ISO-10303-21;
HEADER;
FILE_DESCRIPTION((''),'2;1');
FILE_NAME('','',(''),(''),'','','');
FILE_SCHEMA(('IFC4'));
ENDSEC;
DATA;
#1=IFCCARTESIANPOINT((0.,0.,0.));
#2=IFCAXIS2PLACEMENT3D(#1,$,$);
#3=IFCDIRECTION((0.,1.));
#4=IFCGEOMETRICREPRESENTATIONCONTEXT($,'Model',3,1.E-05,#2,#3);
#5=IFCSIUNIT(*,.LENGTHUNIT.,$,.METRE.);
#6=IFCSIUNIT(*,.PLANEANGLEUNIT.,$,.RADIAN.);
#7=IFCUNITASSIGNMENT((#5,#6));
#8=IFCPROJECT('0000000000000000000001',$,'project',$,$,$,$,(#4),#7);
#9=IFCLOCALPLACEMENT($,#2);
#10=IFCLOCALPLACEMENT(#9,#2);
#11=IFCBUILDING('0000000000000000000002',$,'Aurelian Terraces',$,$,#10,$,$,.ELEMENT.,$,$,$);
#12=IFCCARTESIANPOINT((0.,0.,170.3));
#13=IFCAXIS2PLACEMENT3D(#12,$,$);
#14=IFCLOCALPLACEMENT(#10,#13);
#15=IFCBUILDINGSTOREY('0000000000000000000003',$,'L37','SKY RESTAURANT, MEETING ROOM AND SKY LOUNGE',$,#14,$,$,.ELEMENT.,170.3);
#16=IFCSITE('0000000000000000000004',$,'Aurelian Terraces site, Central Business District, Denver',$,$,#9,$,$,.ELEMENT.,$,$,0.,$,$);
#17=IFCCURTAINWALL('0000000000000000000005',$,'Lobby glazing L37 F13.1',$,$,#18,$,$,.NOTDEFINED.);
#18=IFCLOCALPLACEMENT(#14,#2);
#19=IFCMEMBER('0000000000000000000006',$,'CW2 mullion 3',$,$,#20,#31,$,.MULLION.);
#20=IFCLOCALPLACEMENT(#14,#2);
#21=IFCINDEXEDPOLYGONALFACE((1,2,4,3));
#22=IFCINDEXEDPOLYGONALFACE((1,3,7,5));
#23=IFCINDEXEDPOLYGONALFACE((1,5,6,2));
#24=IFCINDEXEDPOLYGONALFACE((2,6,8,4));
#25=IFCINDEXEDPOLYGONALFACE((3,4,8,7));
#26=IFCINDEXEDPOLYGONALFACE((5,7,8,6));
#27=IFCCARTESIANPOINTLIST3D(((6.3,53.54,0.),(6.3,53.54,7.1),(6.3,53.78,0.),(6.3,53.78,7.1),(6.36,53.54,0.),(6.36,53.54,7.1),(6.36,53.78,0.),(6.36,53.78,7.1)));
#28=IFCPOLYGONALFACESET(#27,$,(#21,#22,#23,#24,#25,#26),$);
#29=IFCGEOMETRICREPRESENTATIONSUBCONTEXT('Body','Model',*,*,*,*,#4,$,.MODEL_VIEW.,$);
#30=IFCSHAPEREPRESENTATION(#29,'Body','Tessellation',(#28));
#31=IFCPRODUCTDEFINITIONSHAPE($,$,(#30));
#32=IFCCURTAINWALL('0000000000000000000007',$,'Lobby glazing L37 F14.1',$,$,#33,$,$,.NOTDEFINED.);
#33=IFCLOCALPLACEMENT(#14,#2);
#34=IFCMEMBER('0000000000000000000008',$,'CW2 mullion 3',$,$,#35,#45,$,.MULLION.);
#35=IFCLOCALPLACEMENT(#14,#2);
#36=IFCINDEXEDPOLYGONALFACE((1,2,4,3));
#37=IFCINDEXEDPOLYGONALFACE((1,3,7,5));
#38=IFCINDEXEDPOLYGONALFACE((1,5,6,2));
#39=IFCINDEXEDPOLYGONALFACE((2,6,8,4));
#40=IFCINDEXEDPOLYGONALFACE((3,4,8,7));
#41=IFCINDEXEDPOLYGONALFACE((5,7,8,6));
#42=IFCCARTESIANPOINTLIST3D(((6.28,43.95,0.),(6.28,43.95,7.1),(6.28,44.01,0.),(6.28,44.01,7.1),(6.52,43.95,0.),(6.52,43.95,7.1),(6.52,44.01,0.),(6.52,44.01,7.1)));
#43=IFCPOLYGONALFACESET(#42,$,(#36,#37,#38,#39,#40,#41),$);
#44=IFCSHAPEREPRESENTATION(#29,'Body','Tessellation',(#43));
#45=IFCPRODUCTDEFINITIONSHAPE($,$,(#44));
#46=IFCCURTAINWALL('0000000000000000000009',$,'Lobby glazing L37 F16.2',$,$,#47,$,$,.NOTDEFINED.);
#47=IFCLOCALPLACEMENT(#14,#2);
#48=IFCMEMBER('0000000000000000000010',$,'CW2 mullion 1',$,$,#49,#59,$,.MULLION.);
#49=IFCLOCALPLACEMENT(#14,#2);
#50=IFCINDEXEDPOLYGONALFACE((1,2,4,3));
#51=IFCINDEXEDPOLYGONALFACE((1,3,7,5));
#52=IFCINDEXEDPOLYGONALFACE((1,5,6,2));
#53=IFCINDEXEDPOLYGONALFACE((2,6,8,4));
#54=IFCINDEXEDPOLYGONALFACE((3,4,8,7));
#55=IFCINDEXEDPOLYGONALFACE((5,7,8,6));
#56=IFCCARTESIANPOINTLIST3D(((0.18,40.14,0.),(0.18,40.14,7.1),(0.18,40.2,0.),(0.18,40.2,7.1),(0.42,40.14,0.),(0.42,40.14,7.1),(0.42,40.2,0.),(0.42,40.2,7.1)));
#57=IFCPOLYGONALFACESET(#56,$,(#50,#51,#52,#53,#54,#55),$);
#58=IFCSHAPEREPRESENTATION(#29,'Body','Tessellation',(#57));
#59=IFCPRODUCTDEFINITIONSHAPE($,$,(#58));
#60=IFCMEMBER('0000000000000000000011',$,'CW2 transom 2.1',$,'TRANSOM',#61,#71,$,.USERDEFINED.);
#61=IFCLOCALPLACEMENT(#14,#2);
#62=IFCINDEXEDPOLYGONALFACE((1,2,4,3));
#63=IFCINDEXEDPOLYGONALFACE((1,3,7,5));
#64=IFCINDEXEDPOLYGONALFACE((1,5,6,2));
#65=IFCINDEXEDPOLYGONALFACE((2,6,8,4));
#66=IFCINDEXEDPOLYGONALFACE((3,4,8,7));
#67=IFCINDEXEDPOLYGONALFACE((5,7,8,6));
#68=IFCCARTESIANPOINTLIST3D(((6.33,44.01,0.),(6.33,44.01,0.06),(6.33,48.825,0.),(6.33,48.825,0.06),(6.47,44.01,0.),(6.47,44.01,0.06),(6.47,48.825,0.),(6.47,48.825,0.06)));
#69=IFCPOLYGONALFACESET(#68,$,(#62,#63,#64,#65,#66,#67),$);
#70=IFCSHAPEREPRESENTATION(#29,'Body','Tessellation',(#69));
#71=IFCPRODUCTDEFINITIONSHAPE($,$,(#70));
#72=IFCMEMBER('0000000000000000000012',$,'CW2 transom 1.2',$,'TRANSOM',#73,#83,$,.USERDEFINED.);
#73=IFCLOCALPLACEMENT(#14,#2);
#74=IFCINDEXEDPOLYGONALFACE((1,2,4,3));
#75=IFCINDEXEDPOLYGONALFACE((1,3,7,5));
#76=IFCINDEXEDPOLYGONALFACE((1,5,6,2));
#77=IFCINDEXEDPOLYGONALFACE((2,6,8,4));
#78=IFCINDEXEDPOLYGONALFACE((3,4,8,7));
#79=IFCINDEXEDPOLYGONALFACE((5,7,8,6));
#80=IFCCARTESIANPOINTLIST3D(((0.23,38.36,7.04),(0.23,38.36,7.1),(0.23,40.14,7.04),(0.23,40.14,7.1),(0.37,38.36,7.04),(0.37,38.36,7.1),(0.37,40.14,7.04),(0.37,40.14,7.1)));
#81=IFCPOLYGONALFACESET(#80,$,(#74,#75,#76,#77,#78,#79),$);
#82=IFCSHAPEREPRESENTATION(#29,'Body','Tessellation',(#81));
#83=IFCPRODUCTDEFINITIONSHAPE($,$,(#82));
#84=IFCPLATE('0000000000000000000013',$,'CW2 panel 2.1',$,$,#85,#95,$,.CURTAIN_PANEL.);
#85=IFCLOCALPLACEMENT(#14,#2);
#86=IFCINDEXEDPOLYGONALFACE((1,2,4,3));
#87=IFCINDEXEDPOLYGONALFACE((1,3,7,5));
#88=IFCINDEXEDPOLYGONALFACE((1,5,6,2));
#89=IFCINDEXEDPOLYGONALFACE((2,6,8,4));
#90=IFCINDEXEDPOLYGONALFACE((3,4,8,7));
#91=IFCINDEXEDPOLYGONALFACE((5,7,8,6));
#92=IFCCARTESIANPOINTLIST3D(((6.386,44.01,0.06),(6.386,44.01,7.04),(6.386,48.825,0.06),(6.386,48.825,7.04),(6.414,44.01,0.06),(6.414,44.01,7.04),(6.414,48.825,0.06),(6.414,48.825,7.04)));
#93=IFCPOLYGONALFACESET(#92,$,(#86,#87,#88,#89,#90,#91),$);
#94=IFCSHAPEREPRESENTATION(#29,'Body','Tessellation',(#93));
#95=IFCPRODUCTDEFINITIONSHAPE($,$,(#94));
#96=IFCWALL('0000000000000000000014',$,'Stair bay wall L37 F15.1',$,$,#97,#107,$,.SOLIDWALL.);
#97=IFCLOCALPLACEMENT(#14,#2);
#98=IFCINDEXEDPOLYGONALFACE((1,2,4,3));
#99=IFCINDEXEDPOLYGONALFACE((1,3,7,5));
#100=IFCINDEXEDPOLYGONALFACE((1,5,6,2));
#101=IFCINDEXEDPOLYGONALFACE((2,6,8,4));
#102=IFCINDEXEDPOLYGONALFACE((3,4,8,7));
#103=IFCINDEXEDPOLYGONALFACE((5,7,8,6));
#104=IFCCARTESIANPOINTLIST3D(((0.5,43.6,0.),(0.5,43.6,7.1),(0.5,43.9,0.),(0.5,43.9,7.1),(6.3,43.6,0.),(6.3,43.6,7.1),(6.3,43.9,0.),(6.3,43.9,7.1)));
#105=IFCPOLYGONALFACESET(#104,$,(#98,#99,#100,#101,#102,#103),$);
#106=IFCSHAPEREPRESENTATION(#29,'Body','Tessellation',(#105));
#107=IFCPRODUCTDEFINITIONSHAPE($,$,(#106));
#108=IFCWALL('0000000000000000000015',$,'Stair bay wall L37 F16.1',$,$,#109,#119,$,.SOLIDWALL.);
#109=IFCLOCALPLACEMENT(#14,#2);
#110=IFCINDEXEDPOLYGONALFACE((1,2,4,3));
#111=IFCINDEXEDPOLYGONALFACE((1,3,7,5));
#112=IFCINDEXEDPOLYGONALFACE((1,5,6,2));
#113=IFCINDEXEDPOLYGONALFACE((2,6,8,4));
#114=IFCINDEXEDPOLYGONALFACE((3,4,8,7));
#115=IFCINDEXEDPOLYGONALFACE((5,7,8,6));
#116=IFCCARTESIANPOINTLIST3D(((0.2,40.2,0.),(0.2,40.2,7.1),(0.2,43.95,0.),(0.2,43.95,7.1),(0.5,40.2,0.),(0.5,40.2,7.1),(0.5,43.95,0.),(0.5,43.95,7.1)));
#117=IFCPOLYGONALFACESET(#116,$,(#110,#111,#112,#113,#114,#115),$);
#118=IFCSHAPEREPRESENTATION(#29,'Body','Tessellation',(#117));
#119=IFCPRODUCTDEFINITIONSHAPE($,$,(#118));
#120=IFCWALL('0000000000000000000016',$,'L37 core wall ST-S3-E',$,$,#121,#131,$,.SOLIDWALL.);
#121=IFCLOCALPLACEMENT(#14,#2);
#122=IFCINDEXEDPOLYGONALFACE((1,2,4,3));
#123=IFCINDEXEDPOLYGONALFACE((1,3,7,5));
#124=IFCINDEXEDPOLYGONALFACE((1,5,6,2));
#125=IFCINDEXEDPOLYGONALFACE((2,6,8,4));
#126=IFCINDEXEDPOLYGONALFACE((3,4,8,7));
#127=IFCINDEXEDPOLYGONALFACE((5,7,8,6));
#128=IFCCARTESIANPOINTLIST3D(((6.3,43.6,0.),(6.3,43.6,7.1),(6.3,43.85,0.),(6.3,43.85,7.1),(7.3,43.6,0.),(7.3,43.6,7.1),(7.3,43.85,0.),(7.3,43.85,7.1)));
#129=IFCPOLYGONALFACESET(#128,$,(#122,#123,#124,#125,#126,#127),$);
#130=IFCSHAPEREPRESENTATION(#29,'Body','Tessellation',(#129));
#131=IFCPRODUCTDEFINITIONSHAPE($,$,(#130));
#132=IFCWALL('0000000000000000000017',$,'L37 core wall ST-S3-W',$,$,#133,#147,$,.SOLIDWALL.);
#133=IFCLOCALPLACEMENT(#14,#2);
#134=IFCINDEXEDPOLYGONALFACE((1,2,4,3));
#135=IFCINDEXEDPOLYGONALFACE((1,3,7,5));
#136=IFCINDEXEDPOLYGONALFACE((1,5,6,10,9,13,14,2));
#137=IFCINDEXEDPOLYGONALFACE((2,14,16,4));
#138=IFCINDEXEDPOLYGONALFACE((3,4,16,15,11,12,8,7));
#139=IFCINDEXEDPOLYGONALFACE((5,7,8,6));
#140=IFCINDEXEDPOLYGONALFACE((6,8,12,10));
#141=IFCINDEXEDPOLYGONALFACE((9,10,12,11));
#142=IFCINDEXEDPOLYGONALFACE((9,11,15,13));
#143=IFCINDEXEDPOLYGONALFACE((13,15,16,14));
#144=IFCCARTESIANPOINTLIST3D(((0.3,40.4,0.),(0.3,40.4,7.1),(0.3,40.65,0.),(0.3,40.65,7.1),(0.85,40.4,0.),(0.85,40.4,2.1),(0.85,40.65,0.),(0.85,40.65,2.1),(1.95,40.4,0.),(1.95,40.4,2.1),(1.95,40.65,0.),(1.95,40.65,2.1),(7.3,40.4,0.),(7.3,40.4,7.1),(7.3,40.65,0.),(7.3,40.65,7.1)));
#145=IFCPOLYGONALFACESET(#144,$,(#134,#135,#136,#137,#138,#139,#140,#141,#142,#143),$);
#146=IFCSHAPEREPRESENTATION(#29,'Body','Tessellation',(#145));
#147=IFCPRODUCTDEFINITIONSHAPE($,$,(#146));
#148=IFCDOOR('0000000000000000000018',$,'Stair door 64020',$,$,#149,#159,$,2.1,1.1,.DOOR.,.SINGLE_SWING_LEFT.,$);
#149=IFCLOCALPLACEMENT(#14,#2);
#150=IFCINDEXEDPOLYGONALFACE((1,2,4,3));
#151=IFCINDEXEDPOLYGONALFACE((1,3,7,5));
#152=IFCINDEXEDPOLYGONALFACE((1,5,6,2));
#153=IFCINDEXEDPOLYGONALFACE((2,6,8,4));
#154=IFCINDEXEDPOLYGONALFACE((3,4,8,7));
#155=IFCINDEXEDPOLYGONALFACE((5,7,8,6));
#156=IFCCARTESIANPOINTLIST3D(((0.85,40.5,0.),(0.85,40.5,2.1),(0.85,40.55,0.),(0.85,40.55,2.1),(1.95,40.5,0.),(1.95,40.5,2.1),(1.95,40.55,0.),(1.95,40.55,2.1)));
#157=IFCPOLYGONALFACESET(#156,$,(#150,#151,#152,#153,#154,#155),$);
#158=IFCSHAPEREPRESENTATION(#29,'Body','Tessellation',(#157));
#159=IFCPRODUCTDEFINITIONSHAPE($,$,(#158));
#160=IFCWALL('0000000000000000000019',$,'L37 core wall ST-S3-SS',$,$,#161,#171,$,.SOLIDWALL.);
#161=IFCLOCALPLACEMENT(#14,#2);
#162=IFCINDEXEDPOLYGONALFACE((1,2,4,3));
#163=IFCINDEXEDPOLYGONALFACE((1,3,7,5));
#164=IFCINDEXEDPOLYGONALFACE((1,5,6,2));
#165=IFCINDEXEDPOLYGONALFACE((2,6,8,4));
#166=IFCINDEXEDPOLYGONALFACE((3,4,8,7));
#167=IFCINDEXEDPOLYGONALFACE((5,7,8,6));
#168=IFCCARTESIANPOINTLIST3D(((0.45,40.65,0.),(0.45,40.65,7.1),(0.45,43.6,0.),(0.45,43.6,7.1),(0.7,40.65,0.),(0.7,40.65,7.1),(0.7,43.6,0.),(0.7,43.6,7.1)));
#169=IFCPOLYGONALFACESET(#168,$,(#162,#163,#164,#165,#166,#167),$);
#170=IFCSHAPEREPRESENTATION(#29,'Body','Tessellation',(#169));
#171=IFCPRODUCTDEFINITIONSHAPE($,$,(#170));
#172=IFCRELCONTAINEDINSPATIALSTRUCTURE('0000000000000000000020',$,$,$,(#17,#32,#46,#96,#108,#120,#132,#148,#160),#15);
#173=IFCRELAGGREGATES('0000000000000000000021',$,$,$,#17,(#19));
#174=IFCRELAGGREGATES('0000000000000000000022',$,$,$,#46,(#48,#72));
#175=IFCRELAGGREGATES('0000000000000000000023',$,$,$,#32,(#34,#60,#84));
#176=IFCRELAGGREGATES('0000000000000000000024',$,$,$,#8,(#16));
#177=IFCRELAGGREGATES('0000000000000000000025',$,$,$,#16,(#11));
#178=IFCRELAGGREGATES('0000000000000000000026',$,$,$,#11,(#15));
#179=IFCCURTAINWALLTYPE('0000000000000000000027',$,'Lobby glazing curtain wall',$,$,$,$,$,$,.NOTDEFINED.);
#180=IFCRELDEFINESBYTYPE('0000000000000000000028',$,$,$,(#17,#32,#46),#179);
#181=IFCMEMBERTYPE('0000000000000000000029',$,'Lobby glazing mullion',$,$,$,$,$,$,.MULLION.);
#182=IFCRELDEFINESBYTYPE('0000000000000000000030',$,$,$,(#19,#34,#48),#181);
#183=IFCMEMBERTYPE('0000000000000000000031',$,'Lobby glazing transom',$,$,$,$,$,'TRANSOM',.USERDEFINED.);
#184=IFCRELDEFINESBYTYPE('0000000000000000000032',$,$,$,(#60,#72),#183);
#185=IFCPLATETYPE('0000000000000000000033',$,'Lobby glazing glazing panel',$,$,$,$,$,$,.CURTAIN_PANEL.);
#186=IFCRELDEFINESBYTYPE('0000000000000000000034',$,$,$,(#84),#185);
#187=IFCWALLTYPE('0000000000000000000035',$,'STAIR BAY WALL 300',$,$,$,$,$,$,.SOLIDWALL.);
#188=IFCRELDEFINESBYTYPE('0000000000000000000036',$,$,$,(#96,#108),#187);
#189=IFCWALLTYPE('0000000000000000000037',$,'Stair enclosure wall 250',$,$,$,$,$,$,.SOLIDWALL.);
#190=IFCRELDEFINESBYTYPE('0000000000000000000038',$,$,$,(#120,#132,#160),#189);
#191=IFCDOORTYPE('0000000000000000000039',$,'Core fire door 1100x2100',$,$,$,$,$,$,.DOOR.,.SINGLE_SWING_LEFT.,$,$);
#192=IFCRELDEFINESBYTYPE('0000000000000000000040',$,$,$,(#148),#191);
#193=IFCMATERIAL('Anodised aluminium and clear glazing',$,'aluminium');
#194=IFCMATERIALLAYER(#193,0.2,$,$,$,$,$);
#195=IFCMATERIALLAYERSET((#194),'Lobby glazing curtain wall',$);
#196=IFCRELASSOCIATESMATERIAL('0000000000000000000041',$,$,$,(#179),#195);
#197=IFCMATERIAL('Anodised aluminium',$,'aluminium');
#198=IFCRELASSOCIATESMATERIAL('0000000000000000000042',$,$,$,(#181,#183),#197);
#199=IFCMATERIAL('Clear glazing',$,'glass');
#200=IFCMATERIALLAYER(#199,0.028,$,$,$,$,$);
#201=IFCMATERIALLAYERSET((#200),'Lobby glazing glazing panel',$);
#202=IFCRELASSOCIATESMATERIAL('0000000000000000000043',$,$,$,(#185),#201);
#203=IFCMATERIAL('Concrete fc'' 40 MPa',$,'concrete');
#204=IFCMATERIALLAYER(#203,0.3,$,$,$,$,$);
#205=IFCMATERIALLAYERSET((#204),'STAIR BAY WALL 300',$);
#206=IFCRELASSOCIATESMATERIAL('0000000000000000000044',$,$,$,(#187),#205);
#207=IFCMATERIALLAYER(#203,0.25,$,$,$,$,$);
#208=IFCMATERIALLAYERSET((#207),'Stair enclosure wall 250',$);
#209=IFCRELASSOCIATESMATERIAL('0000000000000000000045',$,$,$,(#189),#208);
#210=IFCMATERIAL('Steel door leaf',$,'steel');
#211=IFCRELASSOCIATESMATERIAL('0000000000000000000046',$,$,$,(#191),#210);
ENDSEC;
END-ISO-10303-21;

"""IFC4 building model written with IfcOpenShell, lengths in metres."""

from ifc_helpers import new_model, si_unit, direction, frame, frame_2d, origin, origin_2d, place, context, subcontext, project, spatial, rectangle, extrude, source, transform, mapped, material, layer, layer_set, material_profile, profile_set, type_object, element, fill, aggregate, save


model = new_model("IFC4")

# Units and contexts
model_context = context("Model", 3, precision=1e-05, world=origin(), true_north=direction((0.0, 1.0)))
body_context = subcontext(model_context, "Body", "Model", "MODEL_VIEW")
ifc_project = project(units=[si_unit("LENGTHUNIT", "METRE"), si_unit("PLANEANGLEUNIT", "RADIAN")], contexts=[model_context])

# Site, building, storey
site_placement = place(None, origin())
site = spatial("IfcSite", under=ifc_project, at=site_placement, Name="Aurelian Terraces site, Central Business District, Denver", CompositionType="ELEMENT", RefElevation=0.0)
building_placement = place(site_placement, origin())
building = spatial("IfcBuilding", under=site, at=building_placement, Name="Aurelian Terraces", CompositionType="ELEMENT")
storey_placement = place(building_placement, frame((0.0, 0.0, 170.3)))
storey = spatial("IfcBuildingStorey", under=building, at=storey_placement, Name="L37", Description="SKY RESTAURANT, MEETING ROOM AND SKY LOUNGE", CompositionType="ELEMENT", Elevation=170.3)

# Curtain walls, members
ifc_material_1 = material(Name="Anodised aluminium and clear glazing", Category="aluminium")
ifc_layer_1 = layer(ifc_material_1, 0.2)
ifc_layer_set_1 = layer_set([ifc_layer_1], Name="Lobby glazing curtain wall")
curtain_wall_type = type_object("IfcCurtainWallType", Name="Lobby glazing curtain wall", PredefinedType="NOTDEFINED", material=ifc_layer_set_1)
curtain_wall_1_placement = place(storey_placement, origin())
curtain_wall_1 = element("IfcCurtainWall", 1, at=curtain_wall_1_placement, inside=storey, type_object=curtain_wall_type, Name="Lobby glazing L37 F13.1", PredefinedType="NOTDEFINED")
ifc_material_2 = material(Name="Anodised aluminium", Category="aluminium")
ifc_material_profile_1 = material_profile(ifc_material_2, rectangle(XDim=0.24, YDim=0.06, at=origin_2d()))
ifc_profile_set_1 = profile_set([ifc_material_profile_1], Name="Anodised aluminium")
member_type_1 = type_object("IfcMemberType", Name="Lobby glazing mullion", PredefinedType="MULLION", material=ifc_profile_set_1)
shared_shape_1 = source(origin(), body_context, "Body", "SweptSolid", [
    extrude(rectangle(XDim=0.24, YDim=0.06, at=origin_2d()), origin(), (0.0, 0.0, 1.0), 7.1),
])
member_1_placement = place(storey_placement, frame((6.33, 53.66, 0.0), z_axis=(0.0, 0.0, 1.0), x_axis=(0.0, -1.0, 0.0)))
member_1 = element("IfcMember", 2, at=member_1_placement, type_object=member_type_1, Name="CW2 mullion 3", PredefinedType="MULLION", context=body_context, shape_type="MappedRepresentation", body=[
    mapped(shared_shape_1, transform((0.0, 0.0, 0.0), scale=1.0)),
])
aggregate(curtain_wall_1, [member_1])
curtain_wall_2_placement = place(storey_placement, origin())
curtain_wall_2 = element("IfcCurtainWall", 3, at=curtain_wall_2_placement, inside=storey, type_object=curtain_wall_type, Name="Lobby glazing L37 F14.1", PredefinedType="NOTDEFINED")
member_2_placement = place(storey_placement, frame((6.4, 43.98, 0.0), z_axis=(0.0, 0.0, 1.0), x_axis=(1.0, 0.0, 0.0)))
member_2 = element("IfcMember", 4, at=member_2_placement, type_object=member_type_1, Name="CW2 mullion 3", PredefinedType="MULLION", context=body_context, shape_type="MappedRepresentation", body=[
    mapped(shared_shape_1, transform((0.0, 0.0, 0.0), scale=1.0)),
])
curtain_wall_3_placement = place(storey_placement, origin())
curtain_wall_3 = element("IfcCurtainWall", 5, at=curtain_wall_3_placement, inside=storey, type_object=curtain_wall_type, Name="Lobby glazing L37 F16.2", PredefinedType="NOTDEFINED")
member_3_placement = place(storey_placement, frame((0.3, 40.17, 0.0), z_axis=(0.0, 0.0, 1.0), x_axis=(1.0, 0.0, 0.0)))
member_3 = element("IfcMember", 6, at=member_3_placement, type_object=member_type_1, Name="CW2 mullion 1", PredefinedType="MULLION", context=body_context, shape_type="MappedRepresentation", body=[
    mapped(shared_shape_1, transform((0.0, 0.0, 0.0), scale=1.0)),
])

# Members
ifc_material_profile_2 = material_profile(ifc_material_2, rectangle(XDim=0.14, YDim=0.06, at=origin_2d()))
ifc_profile_set_2 = profile_set([ifc_material_profile_2], Name="Anodised aluminium")
member_type_2 = type_object("IfcMemberType", Name="Lobby glazing transom", ElementType="TRANSOM", PredefinedType="USERDEFINED", material=ifc_profile_set_2)
shared_shape_2 = source(origin(), body_context, "Body", "SweptSolid", [
    extrude(rectangle(XDim=0.14, YDim=0.06, at=origin_2d()), origin(), (0.0, 0.0, 1.0), 4.815),
])
member_4_placement = place(storey_placement, frame((6.4, 48.825, 0.03), z_axis=(0.0, -1.0, 0.0), x_axis=(1.0, 0.0, 0.0)))
member_4 = element("IfcMember", 7, at=member_4_placement, type_object=member_type_2, Name="CW2 transom 2.1", ObjectType="TRANSOM", PredefinedType="USERDEFINED", context=body_context, shape_type="MappedRepresentation", body=[
    mapped(shared_shape_2, transform((0.0, 0.0, 0.0), scale=1.0)),
])
shared_shape_3 = source(origin(), body_context, "Body", "SweptSolid", [
    extrude(rectangle(XDim=0.14, YDim=0.06, at=origin_2d()), origin(), (0.0, 0.0, 1.0), 1.78),
])
member_5_placement = place(storey_placement, frame((0.3, 40.14, 7.07), z_axis=(0.0, -1.0, 0.0), x_axis=(1.0, 0.0, 0.0)))
member_5 = element("IfcMember", 8, at=member_5_placement, type_object=member_type_2, Name="CW2 transom 1.2", ObjectType="TRANSOM", PredefinedType="USERDEFINED", context=body_context, shape_type="MappedRepresentation", body=[
    mapped(shared_shape_3, transform((0.0, 0.0, 0.0), scale=1.0)),
])
aggregate(curtain_wall_3, [member_3, member_5])

# Plate
ifc_material_3 = material(Name="Clear glazing", Category="glass")
ifc_layer_2 = layer(ifc_material_3, 0.028)
ifc_layer_set_2 = layer_set([ifc_layer_2], Name="Lobby glazing glazing panel")
plate_type = type_object("IfcPlateType", Name="Lobby glazing glazing panel", PredefinedType="CURTAIN_PANEL", material=ifc_layer_set_2)
shared_shape_4 = source(origin(), body_context, "Body", "SweptSolid", [
    extrude(rectangle(XDim=4.815, YDim=0.028, at=origin_2d()), origin(), (0.0, 0.0, 1.0), 6.98),
])
plate_placement = place(storey_placement, frame((6.4, 46.4175, 0.06), z_axis=(0.0, 0.0, 1.0), x_axis=(0.0, -1.0, 0.0)))
plate = element("IfcPlate", 9, at=plate_placement, type_object=plate_type, Name="CW2 panel 2.1", PredefinedType="CURTAIN_PANEL", context=body_context, shape_type="MappedRepresentation", body=[
    mapped(shared_shape_4, transform((0.0, 0.0, 0.0), scale=1.0)),
])
aggregate(curtain_wall_2, [member_2, member_4, plate])

# Walls
ifc_material_4 = material(Name="Concrete fc' 40 MPa", Category="concrete")
ifc_layer_3 = layer(ifc_material_4, 0.3)
ifc_layer_set_3 = layer_set([ifc_layer_3], Name="STAIR BAY WALL 300")
wall_type_1 = type_object("IfcWallType", Name="STAIR BAY WALL 300", PredefinedType="SOLIDWALL", material=ifc_layer_set_3)
wall_1_placement = place(storey_placement, frame((6.3, 43.75, 0.0), z_axis=(0.0, 0.0, 1.0), x_axis=(-1.0, 0.0, 0.0)))
element("IfcWall", 10, at=wall_1_placement, inside=storey, type_object=wall_type_1, Name="Stair bay wall L37 F15.1", PredefinedType="SOLIDWALL", context=body_context, shape_type="SweptSolid", body=[
    extrude(rectangle(XDim=5.8, YDim=0.3, at=frame_2d((2.9, 0.0))), origin(), (0.0, 0.0, 1.0), 7.1),
])
wall_2_placement = place(storey_placement, frame((0.35, 43.95, 0.0), z_axis=(0.0, 0.0, 1.0), x_axis=(0.0, -1.0, 0.0)))
element("IfcWall", 11, at=wall_2_placement, inside=storey, type_object=wall_type_1, Name="Stair bay wall L37 F16.1", PredefinedType="SOLIDWALL", context=body_context, shape_type="SweptSolid", body=[
    extrude(rectangle(XDim=3.75, YDim=0.3, at=frame_2d((1.875, 0.0))), origin(), (0.0, 0.0, 1.0), 7.1),
])
ifc_layer_4 = layer(ifc_material_4, 0.25)
ifc_layer_set_4 = layer_set([ifc_layer_4], Name="Stair enclosure wall 250")
wall_type_2 = type_object("IfcWallType", Name="Stair enclosure wall 250", PredefinedType="SOLIDWALL", material=ifc_layer_set_4)
wall_3_placement = place(storey_placement, frame((6.3, 43.725, 0.0), z_axis=(0.0, 0.0, 1.0), x_axis=(1.0, 0.0, 0.0)))
element("IfcWall", 12, at=wall_3_placement, inside=storey, type_object=wall_type_2, Name="L37 core wall ST-S3-E", PredefinedType="SOLIDWALL", context=body_context, shape_type="SweptSolid", body=[
    extrude(rectangle(XDim=1.0, YDim=0.25, at=frame_2d((0.5, 0.0))), origin(), (0.0, 0.0, 1.0), 7.1),
])

# Wall, opening, door
shared_shape_5 = source(origin(), body_context, "Body", "SweptSolid", [
    extrude(rectangle(XDim=7.0, YDim=0.25, at=frame_2d((3.5, 0.0))), origin(), (0.0, 0.0, 1.0), 7.1),
])
wall_4_placement = place(storey_placement, frame((0.3, 40.525, 0.0), z_axis=(0.0, 0.0, 1.0), x_axis=(1.0, 0.0, 0.0)))
wall_4 = element("IfcWall", 13, at=wall_4_placement, inside=storey, type_object=wall_type_2, Name="L37 core wall ST-S3-W", PredefinedType="SOLIDWALL", context=body_context, shape_type="MappedRepresentation", body=[
    mapped(shared_shape_5, transform((0.0, 0.0, 0.0), scale=1.0)),
])
shared_shape_6 = source(origin(), body_context, "Body", "SweptSolid", [
    extrude(rectangle(XDim=1.1, YDim=2.1, at=frame_2d((0.55, 1.05))), frame((0.0, 0.135, 0.0), z_axis=(0.0, -1.0, 0.0), x_axis=(1.0, 0.0, 0.0)), (0.0, 0.0, 1.0), 0.27),
])
opening_placement = place(wall_4_placement, frame((0.55, 0.0, 0.0)))
opening = element("IfcOpeningElement", 14, at=opening_placement, cuts=wall_4, PredefinedType="OPENING", context=body_context, shape_type="MappedRepresentation", body=[
    mapped(shared_shape_6, transform((0.0, 0.0, 0.0), scale=1.0)),
])
ifc_material_5 = material(Name="Steel door leaf", Category="steel")
door_type = type_object("IfcDoorType", Name="Core fire door 1100x2100", OperationType="SINGLE_SWING_LEFT", PredefinedType="DOOR", material=ifc_material_5)
shared_shape_7 = source(origin(), body_context, "Body", "SweptSolid", [
    extrude(rectangle(XDim=1.1, YDim=2.1, at=frame_2d((0.55, 1.05))), frame((0.0, 0.025, 0.0), z_axis=(0.0, -1.0, 0.0), x_axis=(1.0, 0.0, 0.0)), (0.0, 0.0, 1.0), 0.05),
])
door_placement = place(opening_placement, origin())
door = element("IfcDoor", 15, at=door_placement, inside=storey, type_object=door_type, Name="Stair door 64020", OperationType="SINGLE_SWING_LEFT", OverallHeight=2.1, OverallWidth=1.1, PredefinedType="DOOR", context=body_context, shape_type="MappedRepresentation", body=[
    mapped(shared_shape_7, transform((0.0, 0.0, 0.0), scale=1.0)),
])
fill(opening, door)

# Wall
shared_shape_8 = source(origin(), body_context, "Body", "SweptSolid", [
    extrude(rectangle(XDim=2.95, YDim=0.25, at=frame_2d((1.475, 0.0))), origin(), (0.0, 0.0, 1.0), 7.1),
])
wall_5_placement = place(storey_placement, frame((0.575, 40.65, 0.0), z_axis=(0.0, 0.0, 1.0), x_axis=(0.0, 1.0, 0.0)))
element("IfcWall", 16, at=wall_5_placement, inside=storey, type_object=wall_type_2, Name="L37 core wall ST-S3-SS", PredefinedType="SOLIDWALL", context=body_context, shape_type="MappedRepresentation", body=[
    mapped(shared_shape_8, transform((0.0, 0.0, 0.0), scale=1.0)),
])

save(model, "model.ifc")
